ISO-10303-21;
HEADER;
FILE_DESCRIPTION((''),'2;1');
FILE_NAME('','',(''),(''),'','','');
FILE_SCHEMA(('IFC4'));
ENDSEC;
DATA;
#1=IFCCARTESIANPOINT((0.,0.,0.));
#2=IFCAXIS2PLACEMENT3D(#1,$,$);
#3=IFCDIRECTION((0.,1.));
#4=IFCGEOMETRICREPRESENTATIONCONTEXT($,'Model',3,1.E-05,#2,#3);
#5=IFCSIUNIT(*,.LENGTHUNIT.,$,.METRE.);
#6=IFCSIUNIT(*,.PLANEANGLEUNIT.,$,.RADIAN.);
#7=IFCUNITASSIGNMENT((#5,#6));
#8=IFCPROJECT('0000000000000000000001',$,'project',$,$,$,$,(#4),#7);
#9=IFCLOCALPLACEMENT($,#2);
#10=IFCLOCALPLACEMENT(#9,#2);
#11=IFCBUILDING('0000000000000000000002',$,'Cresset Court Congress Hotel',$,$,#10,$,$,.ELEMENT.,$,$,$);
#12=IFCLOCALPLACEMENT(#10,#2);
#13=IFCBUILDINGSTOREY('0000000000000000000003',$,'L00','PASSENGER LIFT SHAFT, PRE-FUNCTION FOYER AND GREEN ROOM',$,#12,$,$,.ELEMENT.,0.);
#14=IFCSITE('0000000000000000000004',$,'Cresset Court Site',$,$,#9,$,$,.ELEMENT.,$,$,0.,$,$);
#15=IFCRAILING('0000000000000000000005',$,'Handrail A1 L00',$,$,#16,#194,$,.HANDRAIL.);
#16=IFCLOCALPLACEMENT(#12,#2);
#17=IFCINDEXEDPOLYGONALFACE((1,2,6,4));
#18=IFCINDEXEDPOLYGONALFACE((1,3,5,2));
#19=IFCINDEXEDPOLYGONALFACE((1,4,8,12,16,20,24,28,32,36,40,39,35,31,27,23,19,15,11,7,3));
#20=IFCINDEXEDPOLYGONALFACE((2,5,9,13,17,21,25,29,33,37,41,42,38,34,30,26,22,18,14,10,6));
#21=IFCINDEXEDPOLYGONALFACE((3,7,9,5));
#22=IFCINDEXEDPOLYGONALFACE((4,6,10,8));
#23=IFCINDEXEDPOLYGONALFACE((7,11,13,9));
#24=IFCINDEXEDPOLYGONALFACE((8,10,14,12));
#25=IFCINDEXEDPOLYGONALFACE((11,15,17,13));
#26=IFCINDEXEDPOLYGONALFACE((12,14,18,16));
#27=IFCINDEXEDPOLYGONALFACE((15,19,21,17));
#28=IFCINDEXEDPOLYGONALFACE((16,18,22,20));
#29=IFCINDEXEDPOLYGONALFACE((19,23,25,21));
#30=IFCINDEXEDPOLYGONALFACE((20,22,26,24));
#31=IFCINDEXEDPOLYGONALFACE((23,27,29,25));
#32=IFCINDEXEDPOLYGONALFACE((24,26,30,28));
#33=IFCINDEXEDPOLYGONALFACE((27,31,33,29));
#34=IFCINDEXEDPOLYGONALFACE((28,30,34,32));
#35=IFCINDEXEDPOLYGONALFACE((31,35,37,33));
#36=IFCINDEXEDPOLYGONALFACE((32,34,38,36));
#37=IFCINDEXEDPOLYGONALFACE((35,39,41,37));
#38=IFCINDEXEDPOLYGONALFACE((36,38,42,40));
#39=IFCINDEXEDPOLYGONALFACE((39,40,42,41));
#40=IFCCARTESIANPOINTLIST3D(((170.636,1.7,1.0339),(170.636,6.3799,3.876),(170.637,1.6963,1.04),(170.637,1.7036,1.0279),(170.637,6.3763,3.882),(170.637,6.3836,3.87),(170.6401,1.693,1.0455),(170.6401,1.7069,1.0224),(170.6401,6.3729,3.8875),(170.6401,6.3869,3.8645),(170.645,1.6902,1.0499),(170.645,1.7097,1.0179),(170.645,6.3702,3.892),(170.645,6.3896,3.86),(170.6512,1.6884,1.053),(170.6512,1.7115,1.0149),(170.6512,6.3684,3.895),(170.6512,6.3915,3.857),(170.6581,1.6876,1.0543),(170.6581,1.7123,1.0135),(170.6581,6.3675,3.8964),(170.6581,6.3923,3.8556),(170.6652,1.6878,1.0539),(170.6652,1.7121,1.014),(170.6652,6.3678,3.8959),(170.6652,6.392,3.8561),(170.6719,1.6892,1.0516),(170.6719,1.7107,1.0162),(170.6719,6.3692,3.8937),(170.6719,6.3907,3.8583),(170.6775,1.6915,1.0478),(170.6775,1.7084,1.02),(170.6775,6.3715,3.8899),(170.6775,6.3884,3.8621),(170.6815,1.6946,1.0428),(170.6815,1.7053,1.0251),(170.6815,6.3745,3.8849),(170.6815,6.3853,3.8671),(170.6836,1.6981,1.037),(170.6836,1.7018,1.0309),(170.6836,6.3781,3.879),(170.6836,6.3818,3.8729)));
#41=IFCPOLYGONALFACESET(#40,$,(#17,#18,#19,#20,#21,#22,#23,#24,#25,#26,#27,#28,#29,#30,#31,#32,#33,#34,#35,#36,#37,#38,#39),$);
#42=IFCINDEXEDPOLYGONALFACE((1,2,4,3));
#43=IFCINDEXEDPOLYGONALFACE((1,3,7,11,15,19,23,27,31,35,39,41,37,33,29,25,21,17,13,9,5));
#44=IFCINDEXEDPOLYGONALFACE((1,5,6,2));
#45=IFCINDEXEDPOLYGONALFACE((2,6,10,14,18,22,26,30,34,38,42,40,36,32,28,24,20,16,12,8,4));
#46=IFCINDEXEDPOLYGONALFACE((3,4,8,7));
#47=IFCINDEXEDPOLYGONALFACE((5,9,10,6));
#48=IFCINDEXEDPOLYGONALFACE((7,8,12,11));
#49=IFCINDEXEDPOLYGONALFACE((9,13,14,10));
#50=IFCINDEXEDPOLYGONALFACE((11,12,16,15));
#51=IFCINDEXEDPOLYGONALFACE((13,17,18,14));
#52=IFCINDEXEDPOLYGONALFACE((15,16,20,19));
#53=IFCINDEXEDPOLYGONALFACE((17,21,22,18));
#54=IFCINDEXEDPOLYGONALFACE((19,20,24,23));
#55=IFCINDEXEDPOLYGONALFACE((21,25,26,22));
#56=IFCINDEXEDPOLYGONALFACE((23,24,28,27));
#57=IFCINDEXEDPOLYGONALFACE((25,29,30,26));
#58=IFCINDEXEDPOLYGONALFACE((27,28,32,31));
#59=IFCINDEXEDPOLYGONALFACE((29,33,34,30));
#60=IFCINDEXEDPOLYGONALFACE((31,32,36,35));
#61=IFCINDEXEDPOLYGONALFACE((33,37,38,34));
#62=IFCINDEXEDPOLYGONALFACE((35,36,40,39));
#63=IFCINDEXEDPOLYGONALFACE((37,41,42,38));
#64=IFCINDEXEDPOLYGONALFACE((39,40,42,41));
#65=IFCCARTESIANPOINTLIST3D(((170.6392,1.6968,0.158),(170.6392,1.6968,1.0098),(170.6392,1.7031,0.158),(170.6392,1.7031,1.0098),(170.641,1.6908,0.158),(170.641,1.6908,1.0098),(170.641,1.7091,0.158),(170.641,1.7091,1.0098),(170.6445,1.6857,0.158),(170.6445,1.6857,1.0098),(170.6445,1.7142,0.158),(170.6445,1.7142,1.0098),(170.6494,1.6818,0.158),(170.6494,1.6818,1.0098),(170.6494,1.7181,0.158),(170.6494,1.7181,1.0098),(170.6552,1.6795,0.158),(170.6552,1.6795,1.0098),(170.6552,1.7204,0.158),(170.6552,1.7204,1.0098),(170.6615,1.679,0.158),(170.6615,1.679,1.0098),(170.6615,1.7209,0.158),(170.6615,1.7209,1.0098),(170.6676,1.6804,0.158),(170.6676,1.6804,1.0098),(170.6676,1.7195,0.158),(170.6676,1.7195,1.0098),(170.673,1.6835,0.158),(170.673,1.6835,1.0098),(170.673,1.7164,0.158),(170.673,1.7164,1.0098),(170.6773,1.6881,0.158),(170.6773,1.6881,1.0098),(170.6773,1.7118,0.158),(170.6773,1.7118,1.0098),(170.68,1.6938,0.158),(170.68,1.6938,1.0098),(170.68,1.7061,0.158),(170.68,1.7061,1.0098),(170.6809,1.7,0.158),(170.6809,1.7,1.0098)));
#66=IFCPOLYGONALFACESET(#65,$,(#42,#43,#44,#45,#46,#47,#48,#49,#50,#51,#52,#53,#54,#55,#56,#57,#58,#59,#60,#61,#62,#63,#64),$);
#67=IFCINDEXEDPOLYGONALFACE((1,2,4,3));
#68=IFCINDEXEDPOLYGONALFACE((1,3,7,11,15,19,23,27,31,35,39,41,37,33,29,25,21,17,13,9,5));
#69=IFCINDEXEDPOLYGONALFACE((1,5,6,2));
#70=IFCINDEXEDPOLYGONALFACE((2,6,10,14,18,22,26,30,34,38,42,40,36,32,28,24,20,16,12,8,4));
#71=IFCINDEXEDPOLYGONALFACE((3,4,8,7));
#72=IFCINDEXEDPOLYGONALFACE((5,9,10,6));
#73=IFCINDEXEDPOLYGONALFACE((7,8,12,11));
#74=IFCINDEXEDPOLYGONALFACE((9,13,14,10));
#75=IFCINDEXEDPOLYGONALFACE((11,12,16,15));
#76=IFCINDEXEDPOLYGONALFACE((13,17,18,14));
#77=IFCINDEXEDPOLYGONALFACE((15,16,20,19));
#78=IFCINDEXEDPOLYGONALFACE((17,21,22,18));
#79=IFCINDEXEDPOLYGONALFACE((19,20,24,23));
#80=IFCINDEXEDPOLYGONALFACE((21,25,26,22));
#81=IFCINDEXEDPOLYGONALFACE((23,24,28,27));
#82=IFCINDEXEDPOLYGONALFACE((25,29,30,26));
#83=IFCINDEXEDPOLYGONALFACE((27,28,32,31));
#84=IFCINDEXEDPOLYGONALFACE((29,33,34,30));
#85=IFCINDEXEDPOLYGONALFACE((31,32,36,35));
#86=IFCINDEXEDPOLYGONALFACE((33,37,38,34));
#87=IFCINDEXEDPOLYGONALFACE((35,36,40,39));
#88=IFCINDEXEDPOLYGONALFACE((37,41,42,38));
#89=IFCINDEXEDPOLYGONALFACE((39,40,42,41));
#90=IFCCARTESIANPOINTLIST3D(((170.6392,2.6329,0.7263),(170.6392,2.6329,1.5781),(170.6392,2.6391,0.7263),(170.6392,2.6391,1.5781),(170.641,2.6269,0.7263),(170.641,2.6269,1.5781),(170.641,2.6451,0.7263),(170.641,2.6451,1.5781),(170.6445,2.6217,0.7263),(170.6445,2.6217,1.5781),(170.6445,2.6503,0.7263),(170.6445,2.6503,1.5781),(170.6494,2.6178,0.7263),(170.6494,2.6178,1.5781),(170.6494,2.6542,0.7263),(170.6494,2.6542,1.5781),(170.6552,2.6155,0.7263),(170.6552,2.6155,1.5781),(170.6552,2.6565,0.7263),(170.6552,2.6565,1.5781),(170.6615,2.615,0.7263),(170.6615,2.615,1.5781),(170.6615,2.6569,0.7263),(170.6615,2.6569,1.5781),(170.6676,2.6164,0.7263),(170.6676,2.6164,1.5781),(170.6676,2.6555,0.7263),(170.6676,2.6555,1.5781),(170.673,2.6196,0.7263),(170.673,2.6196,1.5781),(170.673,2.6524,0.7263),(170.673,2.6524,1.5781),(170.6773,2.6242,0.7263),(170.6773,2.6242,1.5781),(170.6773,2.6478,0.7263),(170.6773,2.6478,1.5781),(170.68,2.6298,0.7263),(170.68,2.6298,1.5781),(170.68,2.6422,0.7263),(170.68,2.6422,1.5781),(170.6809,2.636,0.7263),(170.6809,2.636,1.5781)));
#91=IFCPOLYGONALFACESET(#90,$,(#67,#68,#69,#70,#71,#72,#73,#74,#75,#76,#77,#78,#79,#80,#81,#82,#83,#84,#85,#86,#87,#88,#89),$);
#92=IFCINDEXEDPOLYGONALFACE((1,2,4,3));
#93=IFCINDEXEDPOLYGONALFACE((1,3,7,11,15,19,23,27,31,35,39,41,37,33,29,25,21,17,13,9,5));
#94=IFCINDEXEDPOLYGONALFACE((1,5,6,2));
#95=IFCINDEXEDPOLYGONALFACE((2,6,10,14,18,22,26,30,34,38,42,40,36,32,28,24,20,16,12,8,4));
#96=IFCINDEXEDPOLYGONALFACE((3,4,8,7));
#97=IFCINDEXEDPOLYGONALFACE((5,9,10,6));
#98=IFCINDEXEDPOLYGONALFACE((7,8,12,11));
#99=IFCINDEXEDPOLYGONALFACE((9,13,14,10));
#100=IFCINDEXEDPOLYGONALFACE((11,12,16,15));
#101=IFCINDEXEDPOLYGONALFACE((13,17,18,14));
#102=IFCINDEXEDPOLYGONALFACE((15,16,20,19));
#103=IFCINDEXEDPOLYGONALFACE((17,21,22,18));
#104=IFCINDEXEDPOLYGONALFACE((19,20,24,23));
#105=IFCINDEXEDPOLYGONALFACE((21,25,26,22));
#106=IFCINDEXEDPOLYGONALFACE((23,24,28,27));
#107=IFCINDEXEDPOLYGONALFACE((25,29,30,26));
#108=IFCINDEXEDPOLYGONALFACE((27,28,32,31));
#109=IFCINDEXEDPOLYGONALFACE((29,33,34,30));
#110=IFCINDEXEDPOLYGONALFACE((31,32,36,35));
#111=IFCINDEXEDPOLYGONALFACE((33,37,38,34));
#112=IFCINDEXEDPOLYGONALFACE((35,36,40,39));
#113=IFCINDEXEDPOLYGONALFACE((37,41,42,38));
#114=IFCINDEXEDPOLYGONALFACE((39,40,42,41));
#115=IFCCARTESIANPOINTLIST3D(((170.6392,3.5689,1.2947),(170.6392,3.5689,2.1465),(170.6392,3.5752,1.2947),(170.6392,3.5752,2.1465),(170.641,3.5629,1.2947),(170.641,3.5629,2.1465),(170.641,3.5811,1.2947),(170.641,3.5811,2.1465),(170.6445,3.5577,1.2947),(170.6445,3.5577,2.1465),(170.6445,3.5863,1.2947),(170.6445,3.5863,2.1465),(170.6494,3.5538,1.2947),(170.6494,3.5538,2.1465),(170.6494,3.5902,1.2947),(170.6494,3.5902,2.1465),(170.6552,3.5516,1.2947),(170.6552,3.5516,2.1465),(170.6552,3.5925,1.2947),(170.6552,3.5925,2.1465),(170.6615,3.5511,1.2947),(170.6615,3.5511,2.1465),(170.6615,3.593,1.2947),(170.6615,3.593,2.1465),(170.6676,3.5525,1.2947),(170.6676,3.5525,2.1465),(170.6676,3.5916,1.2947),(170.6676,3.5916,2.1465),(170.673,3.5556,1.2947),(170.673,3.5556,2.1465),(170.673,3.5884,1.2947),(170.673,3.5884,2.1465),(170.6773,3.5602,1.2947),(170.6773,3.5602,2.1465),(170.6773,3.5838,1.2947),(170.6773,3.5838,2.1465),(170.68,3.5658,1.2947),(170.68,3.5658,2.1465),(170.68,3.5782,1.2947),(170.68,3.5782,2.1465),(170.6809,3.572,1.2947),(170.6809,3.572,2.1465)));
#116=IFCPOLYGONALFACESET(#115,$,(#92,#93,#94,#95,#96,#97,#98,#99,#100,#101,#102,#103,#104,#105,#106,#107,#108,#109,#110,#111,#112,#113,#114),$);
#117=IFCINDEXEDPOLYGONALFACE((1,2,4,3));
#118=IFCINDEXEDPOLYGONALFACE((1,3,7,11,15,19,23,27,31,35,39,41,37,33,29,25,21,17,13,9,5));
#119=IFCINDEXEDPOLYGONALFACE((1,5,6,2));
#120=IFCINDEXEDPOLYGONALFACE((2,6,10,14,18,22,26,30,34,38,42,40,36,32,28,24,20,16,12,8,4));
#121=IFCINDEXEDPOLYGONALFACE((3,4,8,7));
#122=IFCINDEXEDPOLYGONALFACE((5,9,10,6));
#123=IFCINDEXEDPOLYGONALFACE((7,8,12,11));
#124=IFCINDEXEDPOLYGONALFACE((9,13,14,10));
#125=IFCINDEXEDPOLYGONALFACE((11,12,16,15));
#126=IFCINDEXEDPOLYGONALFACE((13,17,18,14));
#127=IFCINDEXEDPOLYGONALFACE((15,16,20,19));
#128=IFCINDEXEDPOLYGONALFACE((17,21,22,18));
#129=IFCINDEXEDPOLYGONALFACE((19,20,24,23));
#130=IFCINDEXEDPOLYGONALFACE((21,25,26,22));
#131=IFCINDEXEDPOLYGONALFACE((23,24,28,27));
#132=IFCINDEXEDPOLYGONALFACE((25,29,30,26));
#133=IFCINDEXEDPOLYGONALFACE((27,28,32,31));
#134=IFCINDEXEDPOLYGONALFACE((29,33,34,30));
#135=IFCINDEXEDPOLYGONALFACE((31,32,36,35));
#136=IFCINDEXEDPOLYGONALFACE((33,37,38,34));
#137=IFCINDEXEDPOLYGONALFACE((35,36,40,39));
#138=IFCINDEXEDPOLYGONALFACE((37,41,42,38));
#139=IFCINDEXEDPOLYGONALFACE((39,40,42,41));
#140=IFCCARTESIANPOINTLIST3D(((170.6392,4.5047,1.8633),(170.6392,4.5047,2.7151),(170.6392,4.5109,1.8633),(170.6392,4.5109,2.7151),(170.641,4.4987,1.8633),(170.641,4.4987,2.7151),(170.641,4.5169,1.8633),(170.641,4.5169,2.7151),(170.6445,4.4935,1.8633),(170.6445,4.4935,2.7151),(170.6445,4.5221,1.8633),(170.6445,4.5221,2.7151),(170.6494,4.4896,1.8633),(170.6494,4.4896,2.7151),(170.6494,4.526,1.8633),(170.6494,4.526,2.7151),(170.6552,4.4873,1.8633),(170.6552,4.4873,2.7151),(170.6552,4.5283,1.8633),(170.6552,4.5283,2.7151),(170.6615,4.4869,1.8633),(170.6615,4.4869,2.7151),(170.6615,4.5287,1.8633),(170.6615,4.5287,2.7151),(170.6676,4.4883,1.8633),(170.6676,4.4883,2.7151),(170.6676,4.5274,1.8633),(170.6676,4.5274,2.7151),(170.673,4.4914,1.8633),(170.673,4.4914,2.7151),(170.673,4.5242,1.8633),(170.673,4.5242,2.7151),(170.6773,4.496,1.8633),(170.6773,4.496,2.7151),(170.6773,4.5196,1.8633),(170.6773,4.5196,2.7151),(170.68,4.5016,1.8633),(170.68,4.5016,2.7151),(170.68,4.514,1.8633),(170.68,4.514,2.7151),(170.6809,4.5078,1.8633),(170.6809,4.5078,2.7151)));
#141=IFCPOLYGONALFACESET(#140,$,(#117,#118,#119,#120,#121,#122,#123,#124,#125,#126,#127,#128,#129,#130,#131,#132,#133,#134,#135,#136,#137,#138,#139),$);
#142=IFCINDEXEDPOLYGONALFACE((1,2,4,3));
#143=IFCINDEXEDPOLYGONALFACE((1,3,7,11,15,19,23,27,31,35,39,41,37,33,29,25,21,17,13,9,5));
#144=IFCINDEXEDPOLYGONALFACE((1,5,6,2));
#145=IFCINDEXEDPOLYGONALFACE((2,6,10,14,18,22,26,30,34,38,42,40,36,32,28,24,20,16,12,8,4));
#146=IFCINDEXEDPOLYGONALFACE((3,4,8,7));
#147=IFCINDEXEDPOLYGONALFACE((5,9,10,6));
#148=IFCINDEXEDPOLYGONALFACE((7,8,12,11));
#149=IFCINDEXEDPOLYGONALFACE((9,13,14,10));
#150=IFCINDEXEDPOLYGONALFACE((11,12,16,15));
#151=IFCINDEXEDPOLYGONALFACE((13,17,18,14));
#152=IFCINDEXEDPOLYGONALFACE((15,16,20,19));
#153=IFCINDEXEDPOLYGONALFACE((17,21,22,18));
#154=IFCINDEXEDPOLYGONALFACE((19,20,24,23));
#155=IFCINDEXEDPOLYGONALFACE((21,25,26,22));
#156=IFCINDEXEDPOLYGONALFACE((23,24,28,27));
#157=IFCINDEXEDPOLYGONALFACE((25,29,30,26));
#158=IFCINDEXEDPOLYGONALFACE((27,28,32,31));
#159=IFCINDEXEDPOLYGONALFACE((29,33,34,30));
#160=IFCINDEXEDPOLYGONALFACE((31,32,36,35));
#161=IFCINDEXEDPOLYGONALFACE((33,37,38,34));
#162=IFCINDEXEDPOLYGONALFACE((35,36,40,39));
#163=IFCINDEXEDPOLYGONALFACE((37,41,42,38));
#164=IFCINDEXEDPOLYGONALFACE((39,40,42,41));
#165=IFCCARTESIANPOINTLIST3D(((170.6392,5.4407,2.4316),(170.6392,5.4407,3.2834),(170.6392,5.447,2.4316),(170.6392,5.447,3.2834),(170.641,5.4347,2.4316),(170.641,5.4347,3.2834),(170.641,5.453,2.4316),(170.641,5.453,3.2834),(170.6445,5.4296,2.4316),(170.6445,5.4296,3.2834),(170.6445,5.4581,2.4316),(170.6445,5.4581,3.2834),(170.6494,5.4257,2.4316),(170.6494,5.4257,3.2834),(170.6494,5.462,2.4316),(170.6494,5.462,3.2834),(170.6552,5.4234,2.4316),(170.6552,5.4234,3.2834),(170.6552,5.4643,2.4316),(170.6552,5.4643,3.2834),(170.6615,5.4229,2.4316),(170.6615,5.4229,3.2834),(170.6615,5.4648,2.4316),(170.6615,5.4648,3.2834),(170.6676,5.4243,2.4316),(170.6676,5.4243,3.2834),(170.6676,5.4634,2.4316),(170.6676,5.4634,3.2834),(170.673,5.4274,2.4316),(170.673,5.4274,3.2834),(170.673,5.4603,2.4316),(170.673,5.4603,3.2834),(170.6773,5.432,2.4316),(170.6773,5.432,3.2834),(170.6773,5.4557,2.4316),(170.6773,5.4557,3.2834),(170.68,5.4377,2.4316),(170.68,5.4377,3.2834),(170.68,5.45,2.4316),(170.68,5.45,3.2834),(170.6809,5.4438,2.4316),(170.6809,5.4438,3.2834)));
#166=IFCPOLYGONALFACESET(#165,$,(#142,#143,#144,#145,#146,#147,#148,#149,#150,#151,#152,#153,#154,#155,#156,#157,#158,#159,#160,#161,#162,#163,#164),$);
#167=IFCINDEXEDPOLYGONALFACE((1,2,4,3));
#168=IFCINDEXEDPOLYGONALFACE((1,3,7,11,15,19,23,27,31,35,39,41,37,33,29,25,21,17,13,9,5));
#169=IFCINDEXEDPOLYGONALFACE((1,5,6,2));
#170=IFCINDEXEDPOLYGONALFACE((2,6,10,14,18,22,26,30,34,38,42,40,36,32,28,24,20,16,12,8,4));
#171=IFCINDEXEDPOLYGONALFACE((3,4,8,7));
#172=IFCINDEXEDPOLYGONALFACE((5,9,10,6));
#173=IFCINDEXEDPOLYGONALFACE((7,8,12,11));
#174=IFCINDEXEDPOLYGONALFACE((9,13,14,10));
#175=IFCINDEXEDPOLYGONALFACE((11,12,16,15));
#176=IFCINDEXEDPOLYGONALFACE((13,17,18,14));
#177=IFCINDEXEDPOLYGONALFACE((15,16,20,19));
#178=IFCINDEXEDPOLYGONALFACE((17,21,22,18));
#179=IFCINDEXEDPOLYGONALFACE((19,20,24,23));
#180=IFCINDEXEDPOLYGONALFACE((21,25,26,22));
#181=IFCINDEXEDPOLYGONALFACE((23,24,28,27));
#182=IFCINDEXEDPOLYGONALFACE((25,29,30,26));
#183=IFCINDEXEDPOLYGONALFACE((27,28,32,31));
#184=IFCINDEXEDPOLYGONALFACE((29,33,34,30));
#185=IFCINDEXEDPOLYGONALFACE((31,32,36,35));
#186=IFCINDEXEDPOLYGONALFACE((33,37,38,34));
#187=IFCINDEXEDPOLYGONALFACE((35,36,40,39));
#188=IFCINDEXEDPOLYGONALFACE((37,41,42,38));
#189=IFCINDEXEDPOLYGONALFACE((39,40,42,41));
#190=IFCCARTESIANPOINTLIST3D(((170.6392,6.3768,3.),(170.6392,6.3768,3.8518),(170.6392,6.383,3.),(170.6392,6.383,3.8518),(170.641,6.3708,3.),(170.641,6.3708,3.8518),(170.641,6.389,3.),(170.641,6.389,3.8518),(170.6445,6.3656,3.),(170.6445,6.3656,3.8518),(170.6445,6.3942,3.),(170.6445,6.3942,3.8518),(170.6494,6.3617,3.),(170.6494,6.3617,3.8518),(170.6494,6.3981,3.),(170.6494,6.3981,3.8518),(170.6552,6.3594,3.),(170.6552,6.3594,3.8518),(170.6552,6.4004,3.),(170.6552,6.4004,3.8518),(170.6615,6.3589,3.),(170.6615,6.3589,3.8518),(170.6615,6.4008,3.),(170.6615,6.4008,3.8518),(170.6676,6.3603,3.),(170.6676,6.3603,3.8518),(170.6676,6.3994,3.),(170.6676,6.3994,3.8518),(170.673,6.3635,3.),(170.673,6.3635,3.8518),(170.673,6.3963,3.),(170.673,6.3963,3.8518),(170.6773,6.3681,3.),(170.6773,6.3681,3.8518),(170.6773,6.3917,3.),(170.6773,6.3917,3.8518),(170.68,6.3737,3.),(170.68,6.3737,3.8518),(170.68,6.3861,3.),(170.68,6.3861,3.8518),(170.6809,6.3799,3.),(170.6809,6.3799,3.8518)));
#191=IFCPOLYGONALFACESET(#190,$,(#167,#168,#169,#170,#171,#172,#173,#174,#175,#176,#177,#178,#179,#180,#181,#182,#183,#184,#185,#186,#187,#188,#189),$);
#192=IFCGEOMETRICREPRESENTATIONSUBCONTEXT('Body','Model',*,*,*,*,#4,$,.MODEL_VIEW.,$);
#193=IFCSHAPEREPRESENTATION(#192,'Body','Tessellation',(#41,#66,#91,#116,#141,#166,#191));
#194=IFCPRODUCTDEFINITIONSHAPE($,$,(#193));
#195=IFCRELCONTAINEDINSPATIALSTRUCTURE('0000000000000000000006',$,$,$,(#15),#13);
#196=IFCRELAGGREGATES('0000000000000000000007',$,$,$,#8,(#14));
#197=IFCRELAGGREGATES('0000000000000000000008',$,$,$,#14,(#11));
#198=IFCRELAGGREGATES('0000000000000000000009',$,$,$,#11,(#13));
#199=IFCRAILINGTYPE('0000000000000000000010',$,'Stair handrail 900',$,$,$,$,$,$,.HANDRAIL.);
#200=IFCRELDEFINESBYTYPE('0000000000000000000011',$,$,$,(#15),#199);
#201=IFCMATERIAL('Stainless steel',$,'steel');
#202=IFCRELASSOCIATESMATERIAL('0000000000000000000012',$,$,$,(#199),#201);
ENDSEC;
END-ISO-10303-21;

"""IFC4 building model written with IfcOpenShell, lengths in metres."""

from ifc_helpers import new_model, si_unit, direction, frame, origin, origin_2d, place, context, subcontext, project, spatial, circle, extrude, material, type_object, element, save


model = new_model("IFC4")

# Units and contexts
model_context = context("Model", 3, precision=1e-05, world=origin(), true_north=direction((0.0, 1.0)))
body_context = subcontext(model_context, "Body", "Model", "MODEL_VIEW")
ifc_project = project(units=[si_unit("LENGTHUNIT", "METRE"), si_unit("PLANEANGLEUNIT", "RADIAN")], contexts=[model_context])

# Site, building, storey
site_placement = place(None, origin())
site = spatial("IfcSite", under=ifc_project, at=site_placement, Name="Cresset Court Site", CompositionType="ELEMENT", RefElevation=0.0)
building_placement = place(site_placement, origin())
building = spatial("IfcBuilding", under=site, at=building_placement, Name="Cresset Court Congress Hotel", CompositionType="ELEMENT")
storey_placement = place(building_placement, origin())
storey = spatial("IfcBuildingStorey", under=building, at=storey_placement, Name="L00", Description="PASSENGER LIFT SHAFT, PRE-FUNCTION FOYER AND GREEN ROOM", CompositionType="ELEMENT", Elevation=0.0)

# Railing
ifc_material_1 = material(Name="Stainless steel", Category="steel")
railing_type_1 = type_object("IfcRailingType", Name="Stair handrail 900", PredefinedType="HANDRAIL", material=ifc_material_1)
for number, where, name in (
    (1, (170.6599, 1.7, 0.158), "Handrail A1 L00"),
):
    element("IfcRailing", number, at=place(storey_placement, frame(where)), inside=storey, type_object=railing_type_1, Name=name, PredefinedType="HANDRAIL", context=body_context, shape_type="SweptSolid", body=[
        extrude(circle(Radius=0.0239, at=origin_2d()), frame((0.0, 0.0, 0.876), z_axis=(0.0, 0.854735, 0.519065), x_axis=(-1.0, 0.0, 0.0)), (0.0, 0.0, 1.0), 5.4753),
        extrude(circle(Radius=0.021, at=origin_2d()), origin(), (0.0, 0.0, 1.0), 0.8518),
        extrude(circle(Radius=0.021, at=origin_2d()), frame((0.0, 0.936, 0.5684)), (0.0, 0.0, 1.0), 0.8518),
        extrude(circle(Radius=0.021, at=origin_2d()), frame((0.0, 1.8721, 1.1367)), (0.0, 0.0, 1.0), 0.8518),
        extrude(circle(Radius=0.021, at=origin_2d()), frame((0.0, 2.8079, 1.7053)), (0.0, 0.0, 1.0), 0.8518),
        extrude(circle(Radius=0.021, at=origin_2d()), frame((0.0, 3.7439, 2.2737)), (0.0, 0.0, 1.0), 0.8518),
        extrude(circle(Radius=0.021, at=origin_2d()), frame((0.0, 4.6799, 2.842)), (0.0, 0.0, 1.0), 0.8518),
    ])

save(model, "model.ifc")
